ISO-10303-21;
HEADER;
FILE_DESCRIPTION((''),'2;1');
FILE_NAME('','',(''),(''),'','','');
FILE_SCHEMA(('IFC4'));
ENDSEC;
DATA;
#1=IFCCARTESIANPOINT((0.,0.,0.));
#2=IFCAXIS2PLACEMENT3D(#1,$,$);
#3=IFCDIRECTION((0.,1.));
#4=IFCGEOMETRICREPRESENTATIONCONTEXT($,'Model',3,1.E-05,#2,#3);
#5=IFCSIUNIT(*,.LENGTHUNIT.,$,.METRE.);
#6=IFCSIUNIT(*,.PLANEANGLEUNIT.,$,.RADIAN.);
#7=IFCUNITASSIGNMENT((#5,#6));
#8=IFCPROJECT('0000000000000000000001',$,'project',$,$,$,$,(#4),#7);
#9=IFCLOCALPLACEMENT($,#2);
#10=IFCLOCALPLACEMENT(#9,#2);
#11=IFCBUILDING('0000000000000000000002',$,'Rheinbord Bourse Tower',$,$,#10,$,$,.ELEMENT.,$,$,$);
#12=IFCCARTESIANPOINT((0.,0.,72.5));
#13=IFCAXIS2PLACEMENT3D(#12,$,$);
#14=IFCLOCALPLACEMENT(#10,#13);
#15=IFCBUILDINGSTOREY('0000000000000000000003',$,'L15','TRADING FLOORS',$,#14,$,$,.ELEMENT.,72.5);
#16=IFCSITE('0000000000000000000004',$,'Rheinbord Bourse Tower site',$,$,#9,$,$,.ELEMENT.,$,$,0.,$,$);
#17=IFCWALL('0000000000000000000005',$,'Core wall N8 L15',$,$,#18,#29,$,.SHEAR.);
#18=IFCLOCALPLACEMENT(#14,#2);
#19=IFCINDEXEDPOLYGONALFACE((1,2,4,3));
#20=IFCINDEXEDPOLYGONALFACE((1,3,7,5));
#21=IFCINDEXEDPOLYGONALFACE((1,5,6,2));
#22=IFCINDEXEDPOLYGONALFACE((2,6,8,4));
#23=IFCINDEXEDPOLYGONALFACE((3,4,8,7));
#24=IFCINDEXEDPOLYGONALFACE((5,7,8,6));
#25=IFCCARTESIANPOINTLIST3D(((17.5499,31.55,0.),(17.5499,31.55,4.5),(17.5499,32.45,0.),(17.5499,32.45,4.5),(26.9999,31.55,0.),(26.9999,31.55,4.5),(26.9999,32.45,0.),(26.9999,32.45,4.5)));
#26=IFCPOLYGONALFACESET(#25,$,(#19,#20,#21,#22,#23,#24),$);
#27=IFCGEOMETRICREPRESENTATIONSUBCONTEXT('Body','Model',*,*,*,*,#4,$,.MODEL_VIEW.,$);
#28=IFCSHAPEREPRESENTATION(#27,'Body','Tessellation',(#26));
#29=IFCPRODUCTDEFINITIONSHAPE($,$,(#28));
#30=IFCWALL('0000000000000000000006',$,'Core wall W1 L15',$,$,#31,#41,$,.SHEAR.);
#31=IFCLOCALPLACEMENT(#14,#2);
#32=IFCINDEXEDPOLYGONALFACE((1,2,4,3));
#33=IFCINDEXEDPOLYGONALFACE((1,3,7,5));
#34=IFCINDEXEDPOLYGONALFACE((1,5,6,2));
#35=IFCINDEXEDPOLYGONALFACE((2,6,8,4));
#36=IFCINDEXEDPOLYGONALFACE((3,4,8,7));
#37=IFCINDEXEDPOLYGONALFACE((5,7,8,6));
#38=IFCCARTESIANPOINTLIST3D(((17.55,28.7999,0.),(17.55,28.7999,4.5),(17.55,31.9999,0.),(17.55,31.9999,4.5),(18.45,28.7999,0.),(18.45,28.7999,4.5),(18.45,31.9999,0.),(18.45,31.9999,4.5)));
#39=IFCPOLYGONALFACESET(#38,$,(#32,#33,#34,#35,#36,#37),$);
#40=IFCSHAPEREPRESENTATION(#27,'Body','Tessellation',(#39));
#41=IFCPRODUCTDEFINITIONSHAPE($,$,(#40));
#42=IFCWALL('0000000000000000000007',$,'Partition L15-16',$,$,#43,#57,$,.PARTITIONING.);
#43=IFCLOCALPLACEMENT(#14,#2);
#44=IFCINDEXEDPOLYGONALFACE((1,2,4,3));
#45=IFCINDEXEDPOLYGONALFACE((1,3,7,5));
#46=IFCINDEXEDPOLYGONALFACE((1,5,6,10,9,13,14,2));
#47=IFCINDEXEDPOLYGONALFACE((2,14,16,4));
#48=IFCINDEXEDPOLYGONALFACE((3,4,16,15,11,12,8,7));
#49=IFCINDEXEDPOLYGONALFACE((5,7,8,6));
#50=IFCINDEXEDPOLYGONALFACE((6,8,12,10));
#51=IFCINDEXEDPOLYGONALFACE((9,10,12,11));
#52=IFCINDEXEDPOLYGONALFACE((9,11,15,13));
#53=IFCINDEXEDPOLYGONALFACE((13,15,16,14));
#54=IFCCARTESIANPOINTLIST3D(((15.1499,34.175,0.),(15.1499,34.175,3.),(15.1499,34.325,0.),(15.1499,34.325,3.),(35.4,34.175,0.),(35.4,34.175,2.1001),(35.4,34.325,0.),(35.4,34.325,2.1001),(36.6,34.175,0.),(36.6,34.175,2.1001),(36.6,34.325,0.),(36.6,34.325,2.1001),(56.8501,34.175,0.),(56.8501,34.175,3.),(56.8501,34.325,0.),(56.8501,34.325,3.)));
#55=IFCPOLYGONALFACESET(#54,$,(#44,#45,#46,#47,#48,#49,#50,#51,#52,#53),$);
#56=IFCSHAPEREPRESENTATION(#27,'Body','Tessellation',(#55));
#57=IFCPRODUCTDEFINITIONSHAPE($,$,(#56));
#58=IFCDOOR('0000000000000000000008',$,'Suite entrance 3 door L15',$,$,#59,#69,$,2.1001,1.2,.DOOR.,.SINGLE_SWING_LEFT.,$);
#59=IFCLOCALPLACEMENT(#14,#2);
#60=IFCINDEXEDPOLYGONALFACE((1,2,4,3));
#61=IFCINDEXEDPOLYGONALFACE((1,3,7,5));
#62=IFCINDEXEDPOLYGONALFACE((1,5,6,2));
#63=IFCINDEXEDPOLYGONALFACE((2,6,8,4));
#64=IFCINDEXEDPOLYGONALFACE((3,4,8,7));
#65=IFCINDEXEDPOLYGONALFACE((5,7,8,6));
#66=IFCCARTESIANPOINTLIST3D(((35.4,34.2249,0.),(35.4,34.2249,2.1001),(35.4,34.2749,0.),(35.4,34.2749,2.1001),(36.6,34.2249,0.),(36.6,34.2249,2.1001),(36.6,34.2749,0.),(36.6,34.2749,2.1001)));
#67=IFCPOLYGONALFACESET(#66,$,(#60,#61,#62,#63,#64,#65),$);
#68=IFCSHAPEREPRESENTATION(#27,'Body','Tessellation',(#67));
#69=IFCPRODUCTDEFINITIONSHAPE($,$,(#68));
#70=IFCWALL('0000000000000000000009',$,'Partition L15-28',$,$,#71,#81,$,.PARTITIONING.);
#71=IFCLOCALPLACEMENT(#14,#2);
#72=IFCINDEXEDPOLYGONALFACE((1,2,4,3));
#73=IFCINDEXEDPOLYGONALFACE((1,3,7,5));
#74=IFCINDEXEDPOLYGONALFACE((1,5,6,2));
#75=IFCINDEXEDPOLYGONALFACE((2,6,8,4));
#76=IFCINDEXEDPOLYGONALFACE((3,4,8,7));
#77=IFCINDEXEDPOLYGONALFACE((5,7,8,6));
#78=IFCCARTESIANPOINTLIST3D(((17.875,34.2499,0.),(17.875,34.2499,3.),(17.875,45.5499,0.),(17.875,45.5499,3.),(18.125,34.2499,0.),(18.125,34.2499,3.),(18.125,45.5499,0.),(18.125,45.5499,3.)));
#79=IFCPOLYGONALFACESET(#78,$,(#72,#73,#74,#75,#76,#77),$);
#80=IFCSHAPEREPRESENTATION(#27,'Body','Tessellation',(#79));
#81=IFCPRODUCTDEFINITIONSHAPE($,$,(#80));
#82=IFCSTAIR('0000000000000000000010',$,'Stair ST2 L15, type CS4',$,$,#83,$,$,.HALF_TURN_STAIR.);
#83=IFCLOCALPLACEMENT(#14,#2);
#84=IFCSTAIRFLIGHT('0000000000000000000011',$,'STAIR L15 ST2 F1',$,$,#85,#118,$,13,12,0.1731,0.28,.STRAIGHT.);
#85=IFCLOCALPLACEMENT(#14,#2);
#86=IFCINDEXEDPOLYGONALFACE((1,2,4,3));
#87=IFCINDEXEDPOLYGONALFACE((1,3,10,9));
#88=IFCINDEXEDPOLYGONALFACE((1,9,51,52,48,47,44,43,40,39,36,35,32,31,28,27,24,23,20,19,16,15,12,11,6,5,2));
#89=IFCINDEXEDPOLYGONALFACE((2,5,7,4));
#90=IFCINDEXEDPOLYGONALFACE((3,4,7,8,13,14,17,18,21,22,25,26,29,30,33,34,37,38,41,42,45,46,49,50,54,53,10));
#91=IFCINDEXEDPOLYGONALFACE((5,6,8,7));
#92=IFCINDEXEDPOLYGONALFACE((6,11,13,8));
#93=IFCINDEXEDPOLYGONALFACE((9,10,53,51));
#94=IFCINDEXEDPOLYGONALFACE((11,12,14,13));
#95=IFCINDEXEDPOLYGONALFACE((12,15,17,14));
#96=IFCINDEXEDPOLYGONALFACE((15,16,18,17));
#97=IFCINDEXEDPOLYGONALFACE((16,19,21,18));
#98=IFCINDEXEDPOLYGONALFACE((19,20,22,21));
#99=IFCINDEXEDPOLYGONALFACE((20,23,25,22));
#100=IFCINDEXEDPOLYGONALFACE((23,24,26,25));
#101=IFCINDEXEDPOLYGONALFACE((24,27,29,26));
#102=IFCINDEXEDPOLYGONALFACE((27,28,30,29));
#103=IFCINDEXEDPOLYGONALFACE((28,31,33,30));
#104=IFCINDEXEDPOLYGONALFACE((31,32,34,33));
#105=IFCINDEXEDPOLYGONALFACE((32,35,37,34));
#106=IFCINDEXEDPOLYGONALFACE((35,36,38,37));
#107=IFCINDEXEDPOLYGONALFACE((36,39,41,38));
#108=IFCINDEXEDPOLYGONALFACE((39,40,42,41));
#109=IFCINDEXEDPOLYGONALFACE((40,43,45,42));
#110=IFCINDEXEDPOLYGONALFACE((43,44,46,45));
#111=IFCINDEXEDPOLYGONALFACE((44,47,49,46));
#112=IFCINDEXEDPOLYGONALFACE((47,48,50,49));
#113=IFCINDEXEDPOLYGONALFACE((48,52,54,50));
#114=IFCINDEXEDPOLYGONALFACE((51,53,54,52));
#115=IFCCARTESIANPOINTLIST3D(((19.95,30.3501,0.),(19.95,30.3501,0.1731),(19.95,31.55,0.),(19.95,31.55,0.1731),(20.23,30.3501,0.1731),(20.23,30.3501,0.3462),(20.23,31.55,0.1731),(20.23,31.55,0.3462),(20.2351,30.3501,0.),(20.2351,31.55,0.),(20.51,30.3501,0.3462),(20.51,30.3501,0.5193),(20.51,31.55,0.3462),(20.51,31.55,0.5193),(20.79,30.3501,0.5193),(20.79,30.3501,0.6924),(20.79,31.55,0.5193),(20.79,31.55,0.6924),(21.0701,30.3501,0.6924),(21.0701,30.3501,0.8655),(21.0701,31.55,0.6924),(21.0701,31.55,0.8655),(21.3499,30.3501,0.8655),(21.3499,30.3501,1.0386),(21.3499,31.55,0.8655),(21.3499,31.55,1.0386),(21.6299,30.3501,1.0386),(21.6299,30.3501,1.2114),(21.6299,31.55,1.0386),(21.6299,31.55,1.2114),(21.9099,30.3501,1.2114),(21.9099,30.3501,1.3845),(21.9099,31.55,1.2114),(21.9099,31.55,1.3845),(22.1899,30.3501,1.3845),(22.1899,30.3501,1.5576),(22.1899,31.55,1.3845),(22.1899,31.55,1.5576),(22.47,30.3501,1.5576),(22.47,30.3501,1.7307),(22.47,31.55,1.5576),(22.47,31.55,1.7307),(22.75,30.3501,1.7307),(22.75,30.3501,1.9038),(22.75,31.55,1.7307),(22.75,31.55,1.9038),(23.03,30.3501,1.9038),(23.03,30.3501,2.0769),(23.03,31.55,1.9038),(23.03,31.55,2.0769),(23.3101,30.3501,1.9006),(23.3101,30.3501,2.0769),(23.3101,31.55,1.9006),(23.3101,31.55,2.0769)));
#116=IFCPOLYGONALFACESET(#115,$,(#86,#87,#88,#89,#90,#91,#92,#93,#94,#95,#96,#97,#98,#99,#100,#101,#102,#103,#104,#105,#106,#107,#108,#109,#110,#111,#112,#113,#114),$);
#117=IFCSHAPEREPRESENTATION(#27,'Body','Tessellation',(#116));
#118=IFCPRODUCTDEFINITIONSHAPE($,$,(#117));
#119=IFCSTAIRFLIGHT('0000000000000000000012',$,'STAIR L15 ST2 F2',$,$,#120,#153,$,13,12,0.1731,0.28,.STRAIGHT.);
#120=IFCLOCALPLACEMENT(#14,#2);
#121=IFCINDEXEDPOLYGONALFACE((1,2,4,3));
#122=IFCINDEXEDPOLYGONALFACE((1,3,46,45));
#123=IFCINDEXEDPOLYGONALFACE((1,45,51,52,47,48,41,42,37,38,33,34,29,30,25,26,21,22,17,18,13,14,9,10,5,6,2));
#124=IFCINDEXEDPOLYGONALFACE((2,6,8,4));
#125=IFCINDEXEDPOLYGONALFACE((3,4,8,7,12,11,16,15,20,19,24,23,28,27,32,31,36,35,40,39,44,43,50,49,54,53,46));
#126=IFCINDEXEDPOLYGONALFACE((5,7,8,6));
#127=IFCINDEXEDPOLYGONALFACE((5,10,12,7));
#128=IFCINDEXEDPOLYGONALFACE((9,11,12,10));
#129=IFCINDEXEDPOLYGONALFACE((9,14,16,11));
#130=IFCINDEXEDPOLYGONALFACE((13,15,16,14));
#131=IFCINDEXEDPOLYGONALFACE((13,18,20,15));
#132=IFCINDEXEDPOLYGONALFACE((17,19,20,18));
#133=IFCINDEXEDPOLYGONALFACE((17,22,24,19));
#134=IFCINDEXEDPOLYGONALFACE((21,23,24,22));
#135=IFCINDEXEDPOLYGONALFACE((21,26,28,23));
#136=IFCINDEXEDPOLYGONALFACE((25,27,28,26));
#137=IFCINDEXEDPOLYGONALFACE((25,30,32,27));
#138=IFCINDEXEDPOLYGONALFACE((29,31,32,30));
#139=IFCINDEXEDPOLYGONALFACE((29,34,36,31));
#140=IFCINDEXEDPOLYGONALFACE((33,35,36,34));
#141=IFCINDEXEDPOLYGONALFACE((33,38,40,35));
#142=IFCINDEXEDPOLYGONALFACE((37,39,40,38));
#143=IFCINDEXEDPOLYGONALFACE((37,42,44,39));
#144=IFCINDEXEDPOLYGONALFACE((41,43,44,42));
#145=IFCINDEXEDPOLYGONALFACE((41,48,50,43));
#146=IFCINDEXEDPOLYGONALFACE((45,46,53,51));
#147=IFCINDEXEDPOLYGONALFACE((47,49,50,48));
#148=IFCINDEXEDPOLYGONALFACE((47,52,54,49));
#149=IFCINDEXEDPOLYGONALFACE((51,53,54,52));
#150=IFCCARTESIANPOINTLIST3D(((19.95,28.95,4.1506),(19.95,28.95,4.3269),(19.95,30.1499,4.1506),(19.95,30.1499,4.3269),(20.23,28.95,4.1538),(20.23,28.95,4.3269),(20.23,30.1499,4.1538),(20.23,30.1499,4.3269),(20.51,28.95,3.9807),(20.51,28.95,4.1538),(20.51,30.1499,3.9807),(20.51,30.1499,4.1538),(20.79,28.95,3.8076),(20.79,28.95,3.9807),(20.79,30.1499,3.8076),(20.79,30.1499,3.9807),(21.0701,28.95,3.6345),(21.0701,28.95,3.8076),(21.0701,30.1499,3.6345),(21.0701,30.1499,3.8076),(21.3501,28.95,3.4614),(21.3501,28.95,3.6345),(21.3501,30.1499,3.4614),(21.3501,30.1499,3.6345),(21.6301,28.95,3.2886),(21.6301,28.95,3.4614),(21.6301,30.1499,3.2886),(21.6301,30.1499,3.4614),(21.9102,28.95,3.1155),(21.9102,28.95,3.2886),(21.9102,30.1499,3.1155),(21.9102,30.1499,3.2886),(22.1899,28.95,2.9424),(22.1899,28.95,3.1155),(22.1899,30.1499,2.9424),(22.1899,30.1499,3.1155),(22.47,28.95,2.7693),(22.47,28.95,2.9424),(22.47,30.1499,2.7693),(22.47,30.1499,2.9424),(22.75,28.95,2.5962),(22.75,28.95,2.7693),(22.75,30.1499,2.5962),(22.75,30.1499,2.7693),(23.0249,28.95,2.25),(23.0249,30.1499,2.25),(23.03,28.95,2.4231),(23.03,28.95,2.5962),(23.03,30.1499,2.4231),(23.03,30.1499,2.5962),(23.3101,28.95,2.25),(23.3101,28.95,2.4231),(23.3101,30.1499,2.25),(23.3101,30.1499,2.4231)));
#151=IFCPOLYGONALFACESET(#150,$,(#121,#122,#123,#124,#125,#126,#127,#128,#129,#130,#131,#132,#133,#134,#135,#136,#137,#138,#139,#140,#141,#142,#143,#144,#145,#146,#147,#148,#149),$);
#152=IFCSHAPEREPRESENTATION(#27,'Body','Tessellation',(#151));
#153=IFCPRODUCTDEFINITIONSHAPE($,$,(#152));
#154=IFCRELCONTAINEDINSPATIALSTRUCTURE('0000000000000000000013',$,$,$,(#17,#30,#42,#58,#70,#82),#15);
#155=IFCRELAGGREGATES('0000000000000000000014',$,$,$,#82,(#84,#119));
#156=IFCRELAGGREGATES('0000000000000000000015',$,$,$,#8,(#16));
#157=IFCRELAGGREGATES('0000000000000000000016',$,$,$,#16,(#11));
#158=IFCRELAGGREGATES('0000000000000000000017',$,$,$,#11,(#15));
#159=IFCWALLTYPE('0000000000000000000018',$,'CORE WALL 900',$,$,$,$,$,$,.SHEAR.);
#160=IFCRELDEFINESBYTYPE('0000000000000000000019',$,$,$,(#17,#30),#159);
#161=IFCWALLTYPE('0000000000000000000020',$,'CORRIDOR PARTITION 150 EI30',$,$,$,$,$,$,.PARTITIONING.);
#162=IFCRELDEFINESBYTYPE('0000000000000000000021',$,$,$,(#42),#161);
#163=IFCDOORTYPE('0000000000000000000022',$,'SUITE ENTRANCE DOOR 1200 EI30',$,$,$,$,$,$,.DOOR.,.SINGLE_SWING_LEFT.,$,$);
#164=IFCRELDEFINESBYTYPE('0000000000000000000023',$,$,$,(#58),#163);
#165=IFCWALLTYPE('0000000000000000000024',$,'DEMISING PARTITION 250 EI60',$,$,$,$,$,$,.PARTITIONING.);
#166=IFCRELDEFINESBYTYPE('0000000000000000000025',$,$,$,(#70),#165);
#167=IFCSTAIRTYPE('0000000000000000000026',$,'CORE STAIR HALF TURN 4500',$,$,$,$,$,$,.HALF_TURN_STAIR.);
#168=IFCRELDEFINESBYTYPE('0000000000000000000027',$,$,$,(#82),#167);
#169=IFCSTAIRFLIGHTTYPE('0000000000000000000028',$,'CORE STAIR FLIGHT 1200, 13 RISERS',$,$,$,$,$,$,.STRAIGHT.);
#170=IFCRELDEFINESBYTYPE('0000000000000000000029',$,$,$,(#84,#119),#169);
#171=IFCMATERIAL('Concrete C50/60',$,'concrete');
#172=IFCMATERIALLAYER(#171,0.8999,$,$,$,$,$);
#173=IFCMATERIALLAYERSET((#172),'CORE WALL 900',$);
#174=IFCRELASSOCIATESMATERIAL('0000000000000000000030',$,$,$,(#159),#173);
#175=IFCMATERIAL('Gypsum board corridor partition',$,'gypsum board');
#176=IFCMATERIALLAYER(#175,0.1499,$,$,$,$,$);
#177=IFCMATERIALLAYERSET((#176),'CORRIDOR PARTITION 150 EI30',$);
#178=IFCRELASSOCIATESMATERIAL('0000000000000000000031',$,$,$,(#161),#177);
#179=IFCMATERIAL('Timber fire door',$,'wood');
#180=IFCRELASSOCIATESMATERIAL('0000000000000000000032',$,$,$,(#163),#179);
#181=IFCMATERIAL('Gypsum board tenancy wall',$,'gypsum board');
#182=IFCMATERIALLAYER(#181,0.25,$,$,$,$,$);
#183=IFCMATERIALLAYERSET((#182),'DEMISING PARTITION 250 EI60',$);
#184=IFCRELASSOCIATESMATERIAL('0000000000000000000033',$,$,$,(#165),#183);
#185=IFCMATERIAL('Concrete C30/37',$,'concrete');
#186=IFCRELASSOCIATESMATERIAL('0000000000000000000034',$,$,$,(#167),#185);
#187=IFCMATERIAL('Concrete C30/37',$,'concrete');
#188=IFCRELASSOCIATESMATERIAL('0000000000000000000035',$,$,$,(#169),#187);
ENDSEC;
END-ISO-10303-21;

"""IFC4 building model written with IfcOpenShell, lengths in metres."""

from ifc_helpers import new_model, si_unit, direction, frame, frame_2d, origin, place, context, subcontext, project, spatial, polyline, rectangle, outline, extrude, material, layer, layer_set, type_object, element, fill, aggregate, save


model = new_model("IFC4")

# Units and contexts
model_context = context("Model", 3, precision=1e-05, world=origin(), true_north=direction((0.0, 1.0)))
body_context = subcontext(model_context, "Body", "Model", "MODEL_VIEW")
ifc_project = project(units=[si_unit("LENGTHUNIT", "METRE"), si_unit("PLANEANGLEUNIT", "RADIAN")], contexts=[model_context])

# Site, building, storey
site_placement = place(None, origin())
site = spatial("IfcSite", under=ifc_project, at=site_placement, Name="Rheinbord Bourse Tower site", CompositionType="ELEMENT", RefElevation=0.0)
building_placement = place(site_placement, origin())
building = spatial("IfcBuilding", under=site, at=building_placement, Name="Rheinbord Bourse Tower", CompositionType="ELEMENT")
storey_placement = place(building_placement, frame((0.0, 0.0, 72.5)))
storey = spatial("IfcBuildingStorey", under=building, at=storey_placement, Name="L15", Description="TRADING FLOORS", CompositionType="ELEMENT", Elevation=72.5)

# Walls
ifc_material_1 = material(Name="Concrete C50/60", Category="concrete")
ifc_layer_1 = layer(ifc_material_1, 0.8999)
ifc_layer_set_1 = layer_set([ifc_layer_1], Name="CORE WALL 900")
wall_type_1 = type_object("IfcWallType", Name="CORE WALL 900", PredefinedType="SHEAR", material=ifc_layer_set_1)
wall_1_placement = place(storey_placement, frame((27.0, 32.0, 0.0), z_axis=(0.0, 0.0, 1.0), x_axis=(-1.0, 0.0, 0.0)))
element("IfcWall", 1, at=wall_1_placement, inside=storey, type_object=wall_type_1, Name="Core wall N8 L15", PredefinedType="SHEAR", context=body_context, shape_type="SweptSolid", body=[
    extrude(rectangle(XDim=9.45, YDim=0.8999, at=frame_2d((4.7251, 0.0))), origin(), (0.0, 0.0, 1.0), 4.5),
])
wall_2_placement = place(storey_placement, frame((18.0, 32.0, 0.0), z_axis=(0.0, 0.0, 1.0), x_axis=(0.0, -1.0, 0.0)))
element("IfcWall", 2, at=wall_2_placement, inside=storey, type_object=wall_type_1, Name="Core wall W1 L15", PredefinedType="SHEAR", context=body_context, shape_type="SweptSolid", body=[
    extrude(rectangle(XDim=3.2, YDim=0.8999, at=frame_2d((1.6001, 0.0))), origin(), (0.0, 0.0, 1.0), 4.5),
])

# Wall, opening, door
ifc_material_2 = material(Name="Gypsum board corridor partition", Category="gypsum board")
ifc_layer_2 = layer(ifc_material_2, 0.1499)
ifc_layer_set_2 = layer_set([ifc_layer_2], Name="CORRIDOR PARTITION 150 EI30")
wall_type_2 = type_object("IfcWallType", Name="CORRIDOR PARTITION 150 EI30", PredefinedType="PARTITIONING", material=ifc_layer_set_2)
wall_3_placement = place(storey_placement, frame((15.1499, 34.25, 0.0), z_axis=(0.0, 0.0, 1.0), x_axis=(1.0, 0.0, 0.0)))
wall_3 = element("IfcWall", 3, at=wall_3_placement, inside=storey, type_object=wall_type_2, Name="Partition L15-16", PredefinedType="PARTITIONING", context=body_context, shape_type="SweptSolid", body=[
    extrude(rectangle(XDim=41.7002, YDim=0.1499, at=frame_2d((20.8501, 0.0))), origin(), (0.0, 0.0, 1.0), 3.0),
])
opening_1_placement = place(wall_3_placement, frame((20.25, 0.0, 0.0)))
opening_1 = element("IfcOpeningElement", 4, at=opening_1_placement, cuts=wall_3, PredefinedType="OPENING", context=body_context, shape_type="SweptSolid", body=[
    extrude(rectangle(XDim=1.2, YDim=2.1001, at=frame_2d((0.6001, 1.05))), frame((0.0, 0.085, 0.0), z_axis=(0.0, -1.0, 0.0), x_axis=(1.0, 0.0, 0.0)), (0.0, 0.0, 1.0), 0.1699),
])
ifc_material_3 = material(Name="Timber fire door", Category="wood")
door_type_1 = type_object("IfcDoorType", Name="SUITE ENTRANCE DOOR 1200 EI30", OperationType="SINGLE_SWING_LEFT", PredefinedType="DOOR", material=ifc_material_3)
door_1_placement = place(opening_1_placement, origin())
door_1 = element("IfcDoor", 5, at=door_1_placement, inside=storey, type_object=door_type_1, Name="Suite entrance 3 door L15", OperationType="SINGLE_SWING_LEFT", OverallHeight=2.1001, OverallWidth=1.2, PredefinedType="DOOR", context=body_context, shape_type="SweptSolid", body=[
    extrude(rectangle(XDim=1.2, YDim=2.1001, at=frame_2d((0.6001, 1.05))), frame((0.0, 0.0249, 0.0), z_axis=(0.0, -1.0, 0.0), x_axis=(1.0, 0.0, 0.0)), (0.0, 0.0, 1.0), 0.05),
])
fill(opening_1, door_1)

# Wall
ifc_material_4 = material(Name="Gypsum board tenancy wall", Category="gypsum board")
ifc_layer_3 = layer(ifc_material_4, 0.25)
ifc_layer_set_3 = layer_set([ifc_layer_3], Name="DEMISING PARTITION 250 EI60")
wall_type_3 = type_object("IfcWallType", Name="DEMISING PARTITION 250 EI60", PredefinedType="PARTITIONING", material=ifc_layer_set_3)
wall_4_placement = place(storey_placement, frame((18.0, 34.25, 0.0), z_axis=(0.0, 0.0, 1.0), x_axis=(0.0, 1.0, 0.0)))
element("IfcWall", 6, at=wall_4_placement, inside=storey, type_object=wall_type_3, Name="Partition L15-28", PredefinedType="PARTITIONING", context=body_context, shape_type="SweptSolid", body=[
    extrude(rectangle(XDim=11.3, YDim=0.25, at=frame_2d((5.6499, 0.0))), origin(), (0.0, 0.0, 1.0), 3.0),
])

# Stair, stair flights
ifc_material_5 = material(Name="Concrete C30/37", Category="concrete")
stair_type = type_object("IfcStairType", Name="CORE STAIR HALF TURN 4500", PredefinedType="HALF_TURN_STAIR", material=ifc_material_5)
stair_placement = place(storey_placement, origin())
stair = element("IfcStair", 7, at=stair_placement, inside=storey, type_object=stair_type, Name="Stair ST2 L15, type CS4", PredefinedType="HALF_TURN_STAIR")
ifc_material_6 = material(Name="Concrete C30/37", Category="concrete")
stair_flight_type = type_object("IfcStairFlightType", Name="CORE STAIR FLIGHT 1200, 13 RISERS", PredefinedType="STRAIGHT", material=ifc_material_6)
stair_flight_1_placement = place(storey_placement, frame((19.95, 30.95, 0.0), z_axis=(0.0, 0.0, 1.0), x_axis=(1.0, 0.0, 0.0)))
stair_flight_1 = element("IfcStairFlight", 8, at=stair_flight_1_placement, type_object=stair_flight_type, Name="STAIR L15 ST2 F1", NumberOfRisers=13, NumberOfTreads=12, PredefinedType="STRAIGHT", RiserHeight=0.1731, TreadLength=0.28, context=body_context, shape_type="SweptSolid", body=[
    extrude(outline(polyline([(0.0, 0.0), (0.0, 0.1731), (0.28, 0.1731), (0.28, 0.3462), (0.5601, 0.3462), (0.5601, 0.5193), (0.8401, 0.5193), (0.8401, 0.6924), (1.1201, 0.6924), (1.1201, 0.8655), (1.3999, 0.8655), (1.3999, 1.0386), (1.6799, 1.0386), (1.6799, 1.2114), (1.96, 1.2114), (1.96, 1.3845), (2.24, 1.3845), (2.24, 1.5576), (2.52, 1.5576), (2.52, 1.7307), (2.8, 1.7307), (2.8, 1.9038), (3.0801, 1.9038), (3.0801, 2.0769), (3.3601, 2.0769), (3.3601, 2.25), (3.3601, 1.9006), (0.2852, 0.0), (0.0, 0.0)])), frame((0.0, 0.6001, 0.0), z_axis=(0.0, -1.0, 0.0), x_axis=(1.0, 0.0, 0.0)), (0.0, 0.0, 1.0), 1.2),
])
stair_flight_2_placement = place(storey_placement, frame((23.3101, 29.55, 2.25), z_axis=(0.0, 0.0, 1.0), x_axis=(-1.0, 0.0, 0.0)))
stair_flight_2 = element("IfcStairFlight", 9, at=stair_flight_2_placement, type_object=stair_flight_type, Name="STAIR L15 ST2 F2", NumberOfRisers=13, NumberOfTreads=12, PredefinedType="STRAIGHT", RiserHeight=0.1731, TreadLength=0.28, context=body_context, shape_type="SweptSolid", body=[
    extrude(outline(polyline([(0.0, 0.0), (0.0, 0.1731), (0.28, 0.1731), (0.28, 0.3462), (0.5601, 0.3462), (0.5601, 0.5193), (0.8401, 0.5193), (0.8401, 0.6924), (1.1201, 0.6924), (1.1201, 0.8655), (1.3999, 0.8655), (1.3999, 1.0386), (1.6799, 1.0386), (1.6799, 1.2114), (1.96, 1.2114), (1.96, 1.3845), (2.24, 1.3845), (2.24, 1.5576), (2.52, 1.5576), (2.52, 1.7307), (2.8, 1.7307), (2.8, 1.9038), (3.0801, 1.9038), (3.0801, 2.0769), (3.3601, 2.0769), (3.3601, 2.25), (3.3601, 1.9006), (0.2852, 0.0), (0.0, 0.0)])), frame((0.0, 0.6001, 0.0), z_axis=(0.0, -1.0, 0.0), x_axis=(1.0, 0.0, 0.0)), (0.0, 0.0, 1.0), 1.2),
])
aggregate(stair, [stair_flight_1, stair_flight_2])

save(model, "model.ifc")
